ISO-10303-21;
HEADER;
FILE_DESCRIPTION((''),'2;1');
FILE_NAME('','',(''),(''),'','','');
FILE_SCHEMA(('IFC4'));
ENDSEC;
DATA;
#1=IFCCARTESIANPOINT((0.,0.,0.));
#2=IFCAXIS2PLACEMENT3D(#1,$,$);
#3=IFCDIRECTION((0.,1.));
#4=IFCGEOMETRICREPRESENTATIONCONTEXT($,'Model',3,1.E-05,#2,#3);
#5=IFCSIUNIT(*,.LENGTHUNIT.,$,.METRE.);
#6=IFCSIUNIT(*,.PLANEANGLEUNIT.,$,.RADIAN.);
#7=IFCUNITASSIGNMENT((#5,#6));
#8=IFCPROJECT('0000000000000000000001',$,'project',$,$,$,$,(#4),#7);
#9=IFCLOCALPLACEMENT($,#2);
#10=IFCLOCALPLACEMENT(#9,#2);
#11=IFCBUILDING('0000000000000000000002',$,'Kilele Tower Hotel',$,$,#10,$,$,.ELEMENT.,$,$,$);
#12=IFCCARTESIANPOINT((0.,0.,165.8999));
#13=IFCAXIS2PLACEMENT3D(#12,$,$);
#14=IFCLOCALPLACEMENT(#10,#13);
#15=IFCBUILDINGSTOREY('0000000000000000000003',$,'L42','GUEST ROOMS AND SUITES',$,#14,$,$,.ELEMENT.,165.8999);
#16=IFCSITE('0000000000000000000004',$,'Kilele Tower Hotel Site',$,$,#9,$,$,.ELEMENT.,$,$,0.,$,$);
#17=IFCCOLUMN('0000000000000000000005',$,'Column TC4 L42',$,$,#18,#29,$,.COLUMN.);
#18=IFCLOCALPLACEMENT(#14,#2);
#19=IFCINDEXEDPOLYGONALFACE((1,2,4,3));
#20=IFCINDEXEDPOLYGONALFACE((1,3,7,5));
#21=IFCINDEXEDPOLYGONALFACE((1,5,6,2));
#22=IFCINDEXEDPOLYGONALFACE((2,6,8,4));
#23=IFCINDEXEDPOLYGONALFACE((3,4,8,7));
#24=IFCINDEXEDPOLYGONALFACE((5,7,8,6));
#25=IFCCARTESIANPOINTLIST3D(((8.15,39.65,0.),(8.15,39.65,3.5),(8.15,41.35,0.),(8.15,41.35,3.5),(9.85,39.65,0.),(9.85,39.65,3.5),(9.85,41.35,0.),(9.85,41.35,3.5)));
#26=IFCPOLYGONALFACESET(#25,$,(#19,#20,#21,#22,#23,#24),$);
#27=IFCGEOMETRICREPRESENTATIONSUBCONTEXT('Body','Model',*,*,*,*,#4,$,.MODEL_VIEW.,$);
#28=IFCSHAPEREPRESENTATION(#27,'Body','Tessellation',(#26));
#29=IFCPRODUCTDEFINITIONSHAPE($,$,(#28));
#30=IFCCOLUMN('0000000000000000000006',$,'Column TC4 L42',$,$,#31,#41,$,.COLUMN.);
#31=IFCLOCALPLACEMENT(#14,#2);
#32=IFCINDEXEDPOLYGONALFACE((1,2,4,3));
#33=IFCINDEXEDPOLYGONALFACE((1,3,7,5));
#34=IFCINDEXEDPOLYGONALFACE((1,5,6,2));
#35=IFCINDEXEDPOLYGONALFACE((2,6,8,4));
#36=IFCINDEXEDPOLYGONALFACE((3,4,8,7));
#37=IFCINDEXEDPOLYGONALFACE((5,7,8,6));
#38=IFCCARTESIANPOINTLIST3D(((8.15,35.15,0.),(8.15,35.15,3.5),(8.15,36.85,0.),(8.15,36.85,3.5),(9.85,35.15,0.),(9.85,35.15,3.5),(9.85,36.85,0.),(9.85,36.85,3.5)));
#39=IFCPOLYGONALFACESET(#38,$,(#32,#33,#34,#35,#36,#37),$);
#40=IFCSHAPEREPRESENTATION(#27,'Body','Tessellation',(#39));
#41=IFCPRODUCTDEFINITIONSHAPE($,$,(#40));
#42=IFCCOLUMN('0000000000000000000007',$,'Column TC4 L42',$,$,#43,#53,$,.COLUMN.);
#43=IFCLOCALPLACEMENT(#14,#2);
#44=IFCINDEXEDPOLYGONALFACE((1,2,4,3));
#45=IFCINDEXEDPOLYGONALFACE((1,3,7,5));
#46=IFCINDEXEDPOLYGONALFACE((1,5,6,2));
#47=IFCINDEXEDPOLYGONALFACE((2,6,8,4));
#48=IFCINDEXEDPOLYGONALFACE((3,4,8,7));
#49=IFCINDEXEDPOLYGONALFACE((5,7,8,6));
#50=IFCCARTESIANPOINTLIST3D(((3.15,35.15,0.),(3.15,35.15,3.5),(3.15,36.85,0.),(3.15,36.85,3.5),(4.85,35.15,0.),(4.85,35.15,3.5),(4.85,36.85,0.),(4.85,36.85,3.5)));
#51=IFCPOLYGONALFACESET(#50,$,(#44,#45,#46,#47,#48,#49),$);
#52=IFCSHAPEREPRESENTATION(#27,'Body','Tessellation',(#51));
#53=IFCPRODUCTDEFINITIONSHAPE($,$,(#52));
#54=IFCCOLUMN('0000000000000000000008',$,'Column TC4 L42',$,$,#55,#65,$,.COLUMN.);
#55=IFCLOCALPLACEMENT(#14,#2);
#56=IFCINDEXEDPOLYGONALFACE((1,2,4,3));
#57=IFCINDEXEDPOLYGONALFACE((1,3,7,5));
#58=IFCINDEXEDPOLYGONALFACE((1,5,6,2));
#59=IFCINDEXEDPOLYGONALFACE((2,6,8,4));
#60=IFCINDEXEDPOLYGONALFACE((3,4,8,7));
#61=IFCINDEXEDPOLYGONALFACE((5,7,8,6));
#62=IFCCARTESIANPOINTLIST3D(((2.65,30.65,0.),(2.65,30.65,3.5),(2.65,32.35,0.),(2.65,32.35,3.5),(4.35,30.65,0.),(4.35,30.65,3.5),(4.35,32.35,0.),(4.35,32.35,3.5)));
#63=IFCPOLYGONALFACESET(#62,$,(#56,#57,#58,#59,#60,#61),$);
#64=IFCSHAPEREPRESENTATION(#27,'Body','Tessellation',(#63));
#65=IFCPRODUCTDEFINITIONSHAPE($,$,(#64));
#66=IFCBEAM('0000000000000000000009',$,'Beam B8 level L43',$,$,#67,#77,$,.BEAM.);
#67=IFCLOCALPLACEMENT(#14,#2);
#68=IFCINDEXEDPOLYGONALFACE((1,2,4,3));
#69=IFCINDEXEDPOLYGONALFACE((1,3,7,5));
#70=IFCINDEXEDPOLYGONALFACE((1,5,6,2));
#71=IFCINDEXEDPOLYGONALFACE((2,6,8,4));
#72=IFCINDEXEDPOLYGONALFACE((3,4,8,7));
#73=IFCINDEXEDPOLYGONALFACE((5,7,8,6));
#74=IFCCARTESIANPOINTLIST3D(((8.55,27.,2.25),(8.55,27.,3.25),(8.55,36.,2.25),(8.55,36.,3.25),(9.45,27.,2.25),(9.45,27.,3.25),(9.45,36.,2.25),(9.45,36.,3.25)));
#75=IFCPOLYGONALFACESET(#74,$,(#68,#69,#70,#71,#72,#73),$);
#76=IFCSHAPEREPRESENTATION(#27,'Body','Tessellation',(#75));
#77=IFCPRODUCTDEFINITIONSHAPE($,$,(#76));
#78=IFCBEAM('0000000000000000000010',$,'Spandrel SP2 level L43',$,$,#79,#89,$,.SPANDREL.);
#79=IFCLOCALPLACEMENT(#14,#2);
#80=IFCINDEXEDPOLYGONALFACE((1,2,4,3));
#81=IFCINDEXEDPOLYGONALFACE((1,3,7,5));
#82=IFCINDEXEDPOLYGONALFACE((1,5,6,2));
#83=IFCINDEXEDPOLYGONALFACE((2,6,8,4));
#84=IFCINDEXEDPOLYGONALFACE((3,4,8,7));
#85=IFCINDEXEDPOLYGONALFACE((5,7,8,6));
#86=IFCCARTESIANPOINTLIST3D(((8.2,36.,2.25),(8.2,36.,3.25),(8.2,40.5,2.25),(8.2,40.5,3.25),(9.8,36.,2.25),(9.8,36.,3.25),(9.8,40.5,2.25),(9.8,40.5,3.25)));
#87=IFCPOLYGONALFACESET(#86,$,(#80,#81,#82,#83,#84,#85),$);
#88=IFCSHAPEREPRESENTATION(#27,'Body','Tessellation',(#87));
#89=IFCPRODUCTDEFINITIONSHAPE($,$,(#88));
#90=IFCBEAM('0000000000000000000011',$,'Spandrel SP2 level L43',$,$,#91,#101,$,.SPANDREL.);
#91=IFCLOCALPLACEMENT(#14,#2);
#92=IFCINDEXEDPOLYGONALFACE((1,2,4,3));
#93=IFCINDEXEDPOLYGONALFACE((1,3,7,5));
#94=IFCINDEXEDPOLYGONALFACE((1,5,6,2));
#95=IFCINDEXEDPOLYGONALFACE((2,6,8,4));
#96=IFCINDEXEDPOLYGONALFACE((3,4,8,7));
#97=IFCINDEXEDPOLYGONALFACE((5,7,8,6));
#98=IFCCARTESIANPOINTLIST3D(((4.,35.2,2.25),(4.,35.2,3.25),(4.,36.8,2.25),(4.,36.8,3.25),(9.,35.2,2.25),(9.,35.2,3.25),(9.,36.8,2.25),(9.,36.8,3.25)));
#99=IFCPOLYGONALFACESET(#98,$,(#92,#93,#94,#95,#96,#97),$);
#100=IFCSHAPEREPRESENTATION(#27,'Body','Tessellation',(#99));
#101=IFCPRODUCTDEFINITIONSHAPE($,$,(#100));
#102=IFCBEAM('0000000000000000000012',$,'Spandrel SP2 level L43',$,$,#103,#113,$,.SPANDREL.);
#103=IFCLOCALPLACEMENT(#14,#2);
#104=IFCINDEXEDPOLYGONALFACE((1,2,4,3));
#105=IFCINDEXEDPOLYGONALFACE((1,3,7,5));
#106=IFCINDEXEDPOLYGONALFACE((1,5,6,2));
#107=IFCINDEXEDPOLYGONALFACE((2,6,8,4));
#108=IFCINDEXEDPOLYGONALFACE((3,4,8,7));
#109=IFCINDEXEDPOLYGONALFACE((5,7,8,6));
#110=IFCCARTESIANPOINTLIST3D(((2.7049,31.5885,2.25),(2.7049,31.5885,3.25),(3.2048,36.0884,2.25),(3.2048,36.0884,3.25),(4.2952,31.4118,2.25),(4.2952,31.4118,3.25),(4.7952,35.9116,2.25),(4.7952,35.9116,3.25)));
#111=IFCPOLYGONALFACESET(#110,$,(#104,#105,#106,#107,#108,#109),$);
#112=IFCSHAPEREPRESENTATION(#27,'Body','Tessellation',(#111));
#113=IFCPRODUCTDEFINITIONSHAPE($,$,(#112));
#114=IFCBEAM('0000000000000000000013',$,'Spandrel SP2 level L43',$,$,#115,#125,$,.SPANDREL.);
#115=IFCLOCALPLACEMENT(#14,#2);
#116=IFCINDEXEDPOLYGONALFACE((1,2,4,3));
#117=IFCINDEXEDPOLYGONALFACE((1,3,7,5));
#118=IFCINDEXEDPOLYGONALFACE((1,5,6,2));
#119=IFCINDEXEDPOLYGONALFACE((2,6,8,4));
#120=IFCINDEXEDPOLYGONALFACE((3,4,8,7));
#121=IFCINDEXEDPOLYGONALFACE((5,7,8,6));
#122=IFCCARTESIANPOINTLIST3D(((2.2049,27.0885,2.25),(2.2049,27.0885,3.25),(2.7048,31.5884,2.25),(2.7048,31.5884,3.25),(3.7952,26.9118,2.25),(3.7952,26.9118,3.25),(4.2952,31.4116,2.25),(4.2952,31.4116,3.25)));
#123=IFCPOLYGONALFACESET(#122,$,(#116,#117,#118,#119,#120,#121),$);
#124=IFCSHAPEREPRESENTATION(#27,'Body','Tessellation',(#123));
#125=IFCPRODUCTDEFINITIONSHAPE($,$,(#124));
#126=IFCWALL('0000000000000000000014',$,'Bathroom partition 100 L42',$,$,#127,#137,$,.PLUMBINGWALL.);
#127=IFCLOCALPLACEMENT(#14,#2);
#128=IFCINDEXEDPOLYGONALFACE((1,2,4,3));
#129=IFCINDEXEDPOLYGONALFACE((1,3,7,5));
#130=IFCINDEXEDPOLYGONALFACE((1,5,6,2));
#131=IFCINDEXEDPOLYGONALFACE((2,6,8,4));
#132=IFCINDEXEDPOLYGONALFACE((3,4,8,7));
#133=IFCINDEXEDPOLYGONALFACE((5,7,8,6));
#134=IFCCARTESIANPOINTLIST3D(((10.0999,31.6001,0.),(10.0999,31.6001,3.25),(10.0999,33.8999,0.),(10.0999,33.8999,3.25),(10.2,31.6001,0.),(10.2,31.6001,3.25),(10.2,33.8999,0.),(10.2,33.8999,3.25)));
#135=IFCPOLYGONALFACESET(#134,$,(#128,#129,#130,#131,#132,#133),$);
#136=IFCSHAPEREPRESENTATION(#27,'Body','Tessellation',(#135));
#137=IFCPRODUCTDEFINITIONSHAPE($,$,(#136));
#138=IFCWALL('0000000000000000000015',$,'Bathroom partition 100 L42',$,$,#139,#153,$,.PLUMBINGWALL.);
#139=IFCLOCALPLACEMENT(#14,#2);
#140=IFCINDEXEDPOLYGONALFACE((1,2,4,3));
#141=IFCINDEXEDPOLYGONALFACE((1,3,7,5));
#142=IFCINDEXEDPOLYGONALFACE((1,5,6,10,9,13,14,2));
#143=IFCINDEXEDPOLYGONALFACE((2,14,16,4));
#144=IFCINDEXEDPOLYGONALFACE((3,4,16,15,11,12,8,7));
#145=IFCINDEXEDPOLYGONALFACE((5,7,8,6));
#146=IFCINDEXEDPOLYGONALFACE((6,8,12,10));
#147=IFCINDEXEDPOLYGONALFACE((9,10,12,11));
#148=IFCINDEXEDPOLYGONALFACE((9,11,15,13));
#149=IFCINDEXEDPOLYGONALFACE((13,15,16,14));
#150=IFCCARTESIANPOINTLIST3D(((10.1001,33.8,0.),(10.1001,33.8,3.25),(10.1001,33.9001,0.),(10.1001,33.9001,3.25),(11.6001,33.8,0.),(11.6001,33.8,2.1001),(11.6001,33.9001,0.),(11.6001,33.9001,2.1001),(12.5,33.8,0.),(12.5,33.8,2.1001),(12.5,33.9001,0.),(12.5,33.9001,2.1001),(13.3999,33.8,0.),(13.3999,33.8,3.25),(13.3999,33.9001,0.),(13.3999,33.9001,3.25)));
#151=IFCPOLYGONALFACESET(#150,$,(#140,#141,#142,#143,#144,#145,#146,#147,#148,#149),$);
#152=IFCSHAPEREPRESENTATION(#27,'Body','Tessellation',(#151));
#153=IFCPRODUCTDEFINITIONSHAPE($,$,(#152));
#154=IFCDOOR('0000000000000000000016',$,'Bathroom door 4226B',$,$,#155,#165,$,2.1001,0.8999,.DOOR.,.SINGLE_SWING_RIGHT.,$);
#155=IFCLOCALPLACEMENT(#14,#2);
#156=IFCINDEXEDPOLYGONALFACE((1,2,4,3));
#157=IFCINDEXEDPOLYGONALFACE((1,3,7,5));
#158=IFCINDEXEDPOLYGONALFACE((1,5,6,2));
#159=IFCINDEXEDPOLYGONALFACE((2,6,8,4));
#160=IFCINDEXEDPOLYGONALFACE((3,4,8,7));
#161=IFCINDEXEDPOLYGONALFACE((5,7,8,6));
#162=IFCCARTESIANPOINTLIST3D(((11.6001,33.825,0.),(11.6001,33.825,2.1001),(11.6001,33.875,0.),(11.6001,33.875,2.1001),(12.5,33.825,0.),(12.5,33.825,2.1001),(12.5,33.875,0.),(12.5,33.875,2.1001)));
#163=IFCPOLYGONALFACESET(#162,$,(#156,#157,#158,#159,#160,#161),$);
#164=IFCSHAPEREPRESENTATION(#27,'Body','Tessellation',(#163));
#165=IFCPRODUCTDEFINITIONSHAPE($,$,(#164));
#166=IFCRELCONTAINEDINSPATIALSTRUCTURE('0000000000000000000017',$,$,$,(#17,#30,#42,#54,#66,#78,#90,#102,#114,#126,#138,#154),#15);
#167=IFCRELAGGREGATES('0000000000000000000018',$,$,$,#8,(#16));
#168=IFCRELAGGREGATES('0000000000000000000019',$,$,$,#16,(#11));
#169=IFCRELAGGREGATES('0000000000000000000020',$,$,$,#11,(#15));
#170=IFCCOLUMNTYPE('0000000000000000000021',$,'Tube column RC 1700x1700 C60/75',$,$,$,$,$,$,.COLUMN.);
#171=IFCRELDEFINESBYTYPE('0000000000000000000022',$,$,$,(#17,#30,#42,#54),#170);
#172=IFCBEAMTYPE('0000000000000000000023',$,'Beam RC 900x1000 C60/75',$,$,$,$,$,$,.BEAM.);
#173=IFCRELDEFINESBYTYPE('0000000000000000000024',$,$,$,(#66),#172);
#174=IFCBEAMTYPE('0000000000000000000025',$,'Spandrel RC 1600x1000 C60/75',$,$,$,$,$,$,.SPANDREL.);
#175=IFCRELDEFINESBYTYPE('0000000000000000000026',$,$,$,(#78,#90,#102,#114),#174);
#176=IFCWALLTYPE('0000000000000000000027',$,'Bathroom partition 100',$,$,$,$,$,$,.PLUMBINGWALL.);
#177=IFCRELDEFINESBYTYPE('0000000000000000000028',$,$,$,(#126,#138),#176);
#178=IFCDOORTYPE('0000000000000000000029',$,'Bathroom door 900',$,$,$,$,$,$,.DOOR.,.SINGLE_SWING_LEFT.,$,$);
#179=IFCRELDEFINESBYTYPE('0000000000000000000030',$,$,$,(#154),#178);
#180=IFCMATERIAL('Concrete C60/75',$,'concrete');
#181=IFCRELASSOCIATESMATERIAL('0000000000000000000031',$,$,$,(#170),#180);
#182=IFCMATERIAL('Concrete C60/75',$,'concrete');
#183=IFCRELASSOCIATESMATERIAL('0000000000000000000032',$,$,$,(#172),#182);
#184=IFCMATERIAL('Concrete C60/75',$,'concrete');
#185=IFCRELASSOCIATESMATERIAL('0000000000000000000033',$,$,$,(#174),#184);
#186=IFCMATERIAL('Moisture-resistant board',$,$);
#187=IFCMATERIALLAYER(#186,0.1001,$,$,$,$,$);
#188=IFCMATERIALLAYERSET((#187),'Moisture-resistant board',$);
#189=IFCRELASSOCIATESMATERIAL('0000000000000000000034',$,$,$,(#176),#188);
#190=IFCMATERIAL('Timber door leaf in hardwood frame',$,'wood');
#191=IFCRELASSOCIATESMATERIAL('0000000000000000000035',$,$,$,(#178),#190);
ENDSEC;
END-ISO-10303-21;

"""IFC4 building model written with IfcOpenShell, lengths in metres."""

from ifc_helpers import new_model, si_unit, direction, frame, frame_2d, origin, origin_2d, place, context, subcontext, project, spatial, rectangle, extrude, material, layer, layer_set, material_profile, profile_set, type_object, element, fill, save


model = new_model("IFC4")

# Units and contexts
model_context = context("Model", 3, precision=1e-05, world=origin(), true_north=direction((0.0, 1.0)))
body_context = subcontext(model_context, "Body", "Model", "MODEL_VIEW")
ifc_project = project(units=[si_unit("LENGTHUNIT", "METRE"), si_unit("PLANEANGLEUNIT", "RADIAN")], contexts=[model_context])

# Site, building, storey
site_placement = place(None, origin())
site = spatial("IfcSite", under=ifc_project, at=site_placement, Name="Kilele Tower Hotel Site", CompositionType="ELEMENT", RefElevation=0.0)
building_placement = place(site_placement, origin())
building = spatial("IfcBuilding", under=site, at=building_placement, Name="Kilele Tower Hotel", CompositionType="ELEMENT")
storey_placement = place(building_placement, frame((0.0, 0.0, 165.8999)))
storey = spatial("IfcBuildingStorey", under=building, at=storey_placement, Name="L42", Description="GUEST ROOMS AND SUITES", CompositionType="ELEMENT", Elevation=165.8999)

# Columns
ifc_material_1 = material(Name="Concrete C60/75", Category="concrete")
ifc_material_profile_1 = material_profile(ifc_material_1, rectangle(XDim=1.7, YDim=1.7, at=origin_2d()))
ifc_profile_set_1 = profile_set([ifc_material_profile_1], Name="Concrete C60/75")
column_type = type_object("IfcColumnType", Name="Tube column RC 1700x1700 C60/75", PredefinedType="COLUMN", material=ifc_profile_set_1)
for number, where, z_axis, x_axis, name in (
    (1, (9.0, 40.5, 0.0), (0.0, 0.0, 1.0), (1.0, 0.0, 0.0), "Column TC4 L42"),
    (2, (9.0, 36.0, 0.0), (0.0, 0.0, 1.0), (1.0, 0.0, 0.0), "Column TC4 L42"),
    (3, (4.0, 36.0, 0.0), (0.0, 0.0, 1.0), (1.0, 0.0, 0.0), "Column TC4 L42"),
    (4, (3.5, 31.5, 0.0), (0.0, 0.0, 1.0), (1.0, 0.0, 0.0), "Column TC4 L42"),
):
    element("IfcColumn", number, at=place(storey_placement, frame(where, z_axis=z_axis, x_axis=x_axis)), inside=storey, type_object=column_type, Name=name, PredefinedType="COLUMN", context=body_context, shape_type="SweptSolid", body=[
        extrude(rectangle(XDim=1.7, YDim=1.7, at=origin_2d()), origin(), (0.0, 0.0, 1.0), 3.5),
    ])

# Beams
ifc_material_2 = material(Name="Concrete C60/75", Category="concrete")
ifc_material_profile_2 = material_profile(ifc_material_2, rectangle(XDim=0.8999, YDim=1.0, at=origin_2d()))
ifc_profile_set_2 = profile_set([ifc_material_profile_2], Name="Concrete C60/75")
beam_type_1 = type_object("IfcBeamType", Name="Beam RC 900x1000 C60/75", PredefinedType="BEAM", material=ifc_profile_set_2)
beam_1_placement = place(storey_placement, frame((9.0, 36.0, 2.75), z_axis=(0.0, -1.0, 0.0), x_axis=(1.0, 0.0, 0.0)))
element("IfcBeam", 5, at=beam_1_placement, inside=storey, type_object=beam_type_1, Name="Beam B8 level L43", PredefinedType="BEAM", context=body_context, shape_type="SweptSolid", body=[
    extrude(rectangle(XDim=0.8999, YDim=1.0, at=origin_2d()), origin(), (0.0, 0.0, 1.0), 9.0),
])
ifc_material_3 = material(Name="Concrete C60/75", Category="concrete")
ifc_material_profile_3 = material_profile(ifc_material_3, rectangle(XDim=1.6001, YDim=1.0, at=origin_2d()))
ifc_profile_set_3 = profile_set([ifc_material_profile_3], Name="Concrete C60/75")
beam_type_2 = type_object("IfcBeamType", Name="Spandrel RC 1600x1000 C60/75", PredefinedType="SPANDREL", material=ifc_profile_set_3)
beam_2_placement = place(storey_placement, frame((9.0, 40.5, 2.75), z_axis=(0.0, -1.0, 0.0), x_axis=(1.0, 0.0, 0.0)))
element("IfcBeam", 6, at=beam_2_placement, inside=storey, type_object=beam_type_2, Name="Spandrel SP2 level L43", PredefinedType="SPANDREL", context=body_context, shape_type="SweptSolid", body=[
    extrude(rectangle(XDim=1.6001, YDim=1.0, at=origin_2d()), origin(), (0.0, 0.0, 1.0), 4.5),
])
beam_3_placement = place(storey_placement, frame((9.0, 36.0, 2.75), z_axis=(-1.0, 0.0, 0.0), x_axis=(0.0, -1.0, 0.0)))
element("IfcBeam", 7, at=beam_3_placement, inside=storey, type_object=beam_type_2, Name="Spandrel SP2 level L43", PredefinedType="SPANDREL", context=body_context, shape_type="SweptSolid", body=[
    extrude(rectangle(XDim=1.6001, YDim=1.0, at=origin_2d()), origin(), (0.0, 0.0, 1.0), 5.0),
])
for number, where, z_axis, x_axis, name in (
    (8, (4.0, 36.0, 2.75), (-0.110432, -0.993884, 0.0), (0.993884, -0.110432, 0.0), "Spandrel SP2 level L43"),
    (9, (3.5, 31.5, 2.75), (-0.110432, -0.993884, 0.0), (0.993884, -0.110432, 0.0), "Spandrel SP2 level L43"),
):
    element("IfcBeam", number, at=place(storey_placement, frame(where, z_axis=z_axis, x_axis=x_axis)), inside=storey, type_object=beam_type_2, Name=name, PredefinedType="SPANDREL", context=body_context, shape_type="SweptSolid", body=[
        extrude(rectangle(XDim=1.6001, YDim=1.0, at=origin_2d()), origin(), (0.0, 0.0, 1.0), 4.5276),
    ])

# Wall
ifc_material_4 = material(Name="Moisture-resistant board")
ifc_layer_1 = layer(ifc_material_4, 0.1001)
ifc_layer_set_1 = layer_set([ifc_layer_1], Name="Moisture-resistant board")
wall_type_1 = type_object("IfcWallType", Name="Bathroom partition 100", PredefinedType="PLUMBINGWALL", material=ifc_layer_set_1)
wall_1_placement = place(storey_placement, frame((10.1499, 31.6001, 0.0), z_axis=(0.0, 0.0, 1.0), x_axis=(0.0, 1.0, 0.0)))
element("IfcWall", 10, at=wall_1_placement, inside=storey, type_object=wall_type_1, Name="Bathroom partition 100 L42", PredefinedType="PLUMBINGWALL", context=body_context, shape_type="SweptSolid", body=[
    extrude(rectangle(XDim=2.2998, YDim=0.1001, at=frame_2d((1.1499, 0.0))), origin(), (0.0, 0.0, 1.0), 3.25),
])

# Wall, opening, door
wall_2_placement = place(storey_placement, frame((13.3999, 33.8501, 0.0), z_axis=(0.0, 0.0, 1.0), x_axis=(-1.0, 0.0, 0.0)))
wall_2 = element("IfcWall", 11, at=wall_2_placement, inside=storey, type_object=wall_type_1, Name="Bathroom partition 100 L42", PredefinedType="PLUMBINGWALL", context=body_context, shape_type="SweptSolid", body=[
    extrude(rectangle(XDim=3.2998, YDim=0.1001, at=frame_2d((1.6499, 0.0))), origin(), (0.0, 0.0, 1.0), 3.25),
])
opening_1_placement = place(wall_2_placement, frame((1.7998, 0.0, 0.0), z_axis=(0.0, 0.0, 1.0), x_axis=(-1.0, 0.0, 0.0)))
opening_1 = element("IfcOpeningElement", 12, at=opening_1_placement, cuts=wall_2, PredefinedType="OPENING", context=body_context, shape_type="SweptSolid", body=[
    extrude(rectangle(XDim=0.8999, YDim=2.1001, at=frame_2d((0.45, 1.05))), frame((0.0, 0.0601, 0.0), z_axis=(0.0, -1.0, 0.0), x_axis=(1.0, 0.0, 0.0)), (0.0, 0.0, 1.0), 0.1201),
])
ifc_material_5 = material(Name="Timber door leaf in hardwood frame", Category="wood")
door_type_1 = type_object("IfcDoorType", Name="Bathroom door 900", OperationType="SINGLE_SWING_LEFT", PredefinedType="DOOR", material=ifc_material_5)
door_1_placement = place(opening_1_placement, origin())
door_1 = element("IfcDoor", 13, at=door_1_placement, inside=storey, type_object=door_type_1, Name="Bathroom door 4226B", OperationType="SINGLE_SWING_RIGHT", OverallHeight=2.1001, OverallWidth=0.8999, PredefinedType="DOOR", context=body_context, shape_type="SweptSolid", body=[
    extrude(rectangle(XDim=0.8999, YDim=2.1001, at=frame_2d((0.45, 1.05))), frame((0.0, 0.0249, 0.0), z_axis=(0.0, -1.0, 0.0), x_axis=(1.0, 0.0, 0.0)), (0.0, 0.0, 1.0), 0.05),
])
fill(opening_1, door_1)

save(model, "model.ifc")
